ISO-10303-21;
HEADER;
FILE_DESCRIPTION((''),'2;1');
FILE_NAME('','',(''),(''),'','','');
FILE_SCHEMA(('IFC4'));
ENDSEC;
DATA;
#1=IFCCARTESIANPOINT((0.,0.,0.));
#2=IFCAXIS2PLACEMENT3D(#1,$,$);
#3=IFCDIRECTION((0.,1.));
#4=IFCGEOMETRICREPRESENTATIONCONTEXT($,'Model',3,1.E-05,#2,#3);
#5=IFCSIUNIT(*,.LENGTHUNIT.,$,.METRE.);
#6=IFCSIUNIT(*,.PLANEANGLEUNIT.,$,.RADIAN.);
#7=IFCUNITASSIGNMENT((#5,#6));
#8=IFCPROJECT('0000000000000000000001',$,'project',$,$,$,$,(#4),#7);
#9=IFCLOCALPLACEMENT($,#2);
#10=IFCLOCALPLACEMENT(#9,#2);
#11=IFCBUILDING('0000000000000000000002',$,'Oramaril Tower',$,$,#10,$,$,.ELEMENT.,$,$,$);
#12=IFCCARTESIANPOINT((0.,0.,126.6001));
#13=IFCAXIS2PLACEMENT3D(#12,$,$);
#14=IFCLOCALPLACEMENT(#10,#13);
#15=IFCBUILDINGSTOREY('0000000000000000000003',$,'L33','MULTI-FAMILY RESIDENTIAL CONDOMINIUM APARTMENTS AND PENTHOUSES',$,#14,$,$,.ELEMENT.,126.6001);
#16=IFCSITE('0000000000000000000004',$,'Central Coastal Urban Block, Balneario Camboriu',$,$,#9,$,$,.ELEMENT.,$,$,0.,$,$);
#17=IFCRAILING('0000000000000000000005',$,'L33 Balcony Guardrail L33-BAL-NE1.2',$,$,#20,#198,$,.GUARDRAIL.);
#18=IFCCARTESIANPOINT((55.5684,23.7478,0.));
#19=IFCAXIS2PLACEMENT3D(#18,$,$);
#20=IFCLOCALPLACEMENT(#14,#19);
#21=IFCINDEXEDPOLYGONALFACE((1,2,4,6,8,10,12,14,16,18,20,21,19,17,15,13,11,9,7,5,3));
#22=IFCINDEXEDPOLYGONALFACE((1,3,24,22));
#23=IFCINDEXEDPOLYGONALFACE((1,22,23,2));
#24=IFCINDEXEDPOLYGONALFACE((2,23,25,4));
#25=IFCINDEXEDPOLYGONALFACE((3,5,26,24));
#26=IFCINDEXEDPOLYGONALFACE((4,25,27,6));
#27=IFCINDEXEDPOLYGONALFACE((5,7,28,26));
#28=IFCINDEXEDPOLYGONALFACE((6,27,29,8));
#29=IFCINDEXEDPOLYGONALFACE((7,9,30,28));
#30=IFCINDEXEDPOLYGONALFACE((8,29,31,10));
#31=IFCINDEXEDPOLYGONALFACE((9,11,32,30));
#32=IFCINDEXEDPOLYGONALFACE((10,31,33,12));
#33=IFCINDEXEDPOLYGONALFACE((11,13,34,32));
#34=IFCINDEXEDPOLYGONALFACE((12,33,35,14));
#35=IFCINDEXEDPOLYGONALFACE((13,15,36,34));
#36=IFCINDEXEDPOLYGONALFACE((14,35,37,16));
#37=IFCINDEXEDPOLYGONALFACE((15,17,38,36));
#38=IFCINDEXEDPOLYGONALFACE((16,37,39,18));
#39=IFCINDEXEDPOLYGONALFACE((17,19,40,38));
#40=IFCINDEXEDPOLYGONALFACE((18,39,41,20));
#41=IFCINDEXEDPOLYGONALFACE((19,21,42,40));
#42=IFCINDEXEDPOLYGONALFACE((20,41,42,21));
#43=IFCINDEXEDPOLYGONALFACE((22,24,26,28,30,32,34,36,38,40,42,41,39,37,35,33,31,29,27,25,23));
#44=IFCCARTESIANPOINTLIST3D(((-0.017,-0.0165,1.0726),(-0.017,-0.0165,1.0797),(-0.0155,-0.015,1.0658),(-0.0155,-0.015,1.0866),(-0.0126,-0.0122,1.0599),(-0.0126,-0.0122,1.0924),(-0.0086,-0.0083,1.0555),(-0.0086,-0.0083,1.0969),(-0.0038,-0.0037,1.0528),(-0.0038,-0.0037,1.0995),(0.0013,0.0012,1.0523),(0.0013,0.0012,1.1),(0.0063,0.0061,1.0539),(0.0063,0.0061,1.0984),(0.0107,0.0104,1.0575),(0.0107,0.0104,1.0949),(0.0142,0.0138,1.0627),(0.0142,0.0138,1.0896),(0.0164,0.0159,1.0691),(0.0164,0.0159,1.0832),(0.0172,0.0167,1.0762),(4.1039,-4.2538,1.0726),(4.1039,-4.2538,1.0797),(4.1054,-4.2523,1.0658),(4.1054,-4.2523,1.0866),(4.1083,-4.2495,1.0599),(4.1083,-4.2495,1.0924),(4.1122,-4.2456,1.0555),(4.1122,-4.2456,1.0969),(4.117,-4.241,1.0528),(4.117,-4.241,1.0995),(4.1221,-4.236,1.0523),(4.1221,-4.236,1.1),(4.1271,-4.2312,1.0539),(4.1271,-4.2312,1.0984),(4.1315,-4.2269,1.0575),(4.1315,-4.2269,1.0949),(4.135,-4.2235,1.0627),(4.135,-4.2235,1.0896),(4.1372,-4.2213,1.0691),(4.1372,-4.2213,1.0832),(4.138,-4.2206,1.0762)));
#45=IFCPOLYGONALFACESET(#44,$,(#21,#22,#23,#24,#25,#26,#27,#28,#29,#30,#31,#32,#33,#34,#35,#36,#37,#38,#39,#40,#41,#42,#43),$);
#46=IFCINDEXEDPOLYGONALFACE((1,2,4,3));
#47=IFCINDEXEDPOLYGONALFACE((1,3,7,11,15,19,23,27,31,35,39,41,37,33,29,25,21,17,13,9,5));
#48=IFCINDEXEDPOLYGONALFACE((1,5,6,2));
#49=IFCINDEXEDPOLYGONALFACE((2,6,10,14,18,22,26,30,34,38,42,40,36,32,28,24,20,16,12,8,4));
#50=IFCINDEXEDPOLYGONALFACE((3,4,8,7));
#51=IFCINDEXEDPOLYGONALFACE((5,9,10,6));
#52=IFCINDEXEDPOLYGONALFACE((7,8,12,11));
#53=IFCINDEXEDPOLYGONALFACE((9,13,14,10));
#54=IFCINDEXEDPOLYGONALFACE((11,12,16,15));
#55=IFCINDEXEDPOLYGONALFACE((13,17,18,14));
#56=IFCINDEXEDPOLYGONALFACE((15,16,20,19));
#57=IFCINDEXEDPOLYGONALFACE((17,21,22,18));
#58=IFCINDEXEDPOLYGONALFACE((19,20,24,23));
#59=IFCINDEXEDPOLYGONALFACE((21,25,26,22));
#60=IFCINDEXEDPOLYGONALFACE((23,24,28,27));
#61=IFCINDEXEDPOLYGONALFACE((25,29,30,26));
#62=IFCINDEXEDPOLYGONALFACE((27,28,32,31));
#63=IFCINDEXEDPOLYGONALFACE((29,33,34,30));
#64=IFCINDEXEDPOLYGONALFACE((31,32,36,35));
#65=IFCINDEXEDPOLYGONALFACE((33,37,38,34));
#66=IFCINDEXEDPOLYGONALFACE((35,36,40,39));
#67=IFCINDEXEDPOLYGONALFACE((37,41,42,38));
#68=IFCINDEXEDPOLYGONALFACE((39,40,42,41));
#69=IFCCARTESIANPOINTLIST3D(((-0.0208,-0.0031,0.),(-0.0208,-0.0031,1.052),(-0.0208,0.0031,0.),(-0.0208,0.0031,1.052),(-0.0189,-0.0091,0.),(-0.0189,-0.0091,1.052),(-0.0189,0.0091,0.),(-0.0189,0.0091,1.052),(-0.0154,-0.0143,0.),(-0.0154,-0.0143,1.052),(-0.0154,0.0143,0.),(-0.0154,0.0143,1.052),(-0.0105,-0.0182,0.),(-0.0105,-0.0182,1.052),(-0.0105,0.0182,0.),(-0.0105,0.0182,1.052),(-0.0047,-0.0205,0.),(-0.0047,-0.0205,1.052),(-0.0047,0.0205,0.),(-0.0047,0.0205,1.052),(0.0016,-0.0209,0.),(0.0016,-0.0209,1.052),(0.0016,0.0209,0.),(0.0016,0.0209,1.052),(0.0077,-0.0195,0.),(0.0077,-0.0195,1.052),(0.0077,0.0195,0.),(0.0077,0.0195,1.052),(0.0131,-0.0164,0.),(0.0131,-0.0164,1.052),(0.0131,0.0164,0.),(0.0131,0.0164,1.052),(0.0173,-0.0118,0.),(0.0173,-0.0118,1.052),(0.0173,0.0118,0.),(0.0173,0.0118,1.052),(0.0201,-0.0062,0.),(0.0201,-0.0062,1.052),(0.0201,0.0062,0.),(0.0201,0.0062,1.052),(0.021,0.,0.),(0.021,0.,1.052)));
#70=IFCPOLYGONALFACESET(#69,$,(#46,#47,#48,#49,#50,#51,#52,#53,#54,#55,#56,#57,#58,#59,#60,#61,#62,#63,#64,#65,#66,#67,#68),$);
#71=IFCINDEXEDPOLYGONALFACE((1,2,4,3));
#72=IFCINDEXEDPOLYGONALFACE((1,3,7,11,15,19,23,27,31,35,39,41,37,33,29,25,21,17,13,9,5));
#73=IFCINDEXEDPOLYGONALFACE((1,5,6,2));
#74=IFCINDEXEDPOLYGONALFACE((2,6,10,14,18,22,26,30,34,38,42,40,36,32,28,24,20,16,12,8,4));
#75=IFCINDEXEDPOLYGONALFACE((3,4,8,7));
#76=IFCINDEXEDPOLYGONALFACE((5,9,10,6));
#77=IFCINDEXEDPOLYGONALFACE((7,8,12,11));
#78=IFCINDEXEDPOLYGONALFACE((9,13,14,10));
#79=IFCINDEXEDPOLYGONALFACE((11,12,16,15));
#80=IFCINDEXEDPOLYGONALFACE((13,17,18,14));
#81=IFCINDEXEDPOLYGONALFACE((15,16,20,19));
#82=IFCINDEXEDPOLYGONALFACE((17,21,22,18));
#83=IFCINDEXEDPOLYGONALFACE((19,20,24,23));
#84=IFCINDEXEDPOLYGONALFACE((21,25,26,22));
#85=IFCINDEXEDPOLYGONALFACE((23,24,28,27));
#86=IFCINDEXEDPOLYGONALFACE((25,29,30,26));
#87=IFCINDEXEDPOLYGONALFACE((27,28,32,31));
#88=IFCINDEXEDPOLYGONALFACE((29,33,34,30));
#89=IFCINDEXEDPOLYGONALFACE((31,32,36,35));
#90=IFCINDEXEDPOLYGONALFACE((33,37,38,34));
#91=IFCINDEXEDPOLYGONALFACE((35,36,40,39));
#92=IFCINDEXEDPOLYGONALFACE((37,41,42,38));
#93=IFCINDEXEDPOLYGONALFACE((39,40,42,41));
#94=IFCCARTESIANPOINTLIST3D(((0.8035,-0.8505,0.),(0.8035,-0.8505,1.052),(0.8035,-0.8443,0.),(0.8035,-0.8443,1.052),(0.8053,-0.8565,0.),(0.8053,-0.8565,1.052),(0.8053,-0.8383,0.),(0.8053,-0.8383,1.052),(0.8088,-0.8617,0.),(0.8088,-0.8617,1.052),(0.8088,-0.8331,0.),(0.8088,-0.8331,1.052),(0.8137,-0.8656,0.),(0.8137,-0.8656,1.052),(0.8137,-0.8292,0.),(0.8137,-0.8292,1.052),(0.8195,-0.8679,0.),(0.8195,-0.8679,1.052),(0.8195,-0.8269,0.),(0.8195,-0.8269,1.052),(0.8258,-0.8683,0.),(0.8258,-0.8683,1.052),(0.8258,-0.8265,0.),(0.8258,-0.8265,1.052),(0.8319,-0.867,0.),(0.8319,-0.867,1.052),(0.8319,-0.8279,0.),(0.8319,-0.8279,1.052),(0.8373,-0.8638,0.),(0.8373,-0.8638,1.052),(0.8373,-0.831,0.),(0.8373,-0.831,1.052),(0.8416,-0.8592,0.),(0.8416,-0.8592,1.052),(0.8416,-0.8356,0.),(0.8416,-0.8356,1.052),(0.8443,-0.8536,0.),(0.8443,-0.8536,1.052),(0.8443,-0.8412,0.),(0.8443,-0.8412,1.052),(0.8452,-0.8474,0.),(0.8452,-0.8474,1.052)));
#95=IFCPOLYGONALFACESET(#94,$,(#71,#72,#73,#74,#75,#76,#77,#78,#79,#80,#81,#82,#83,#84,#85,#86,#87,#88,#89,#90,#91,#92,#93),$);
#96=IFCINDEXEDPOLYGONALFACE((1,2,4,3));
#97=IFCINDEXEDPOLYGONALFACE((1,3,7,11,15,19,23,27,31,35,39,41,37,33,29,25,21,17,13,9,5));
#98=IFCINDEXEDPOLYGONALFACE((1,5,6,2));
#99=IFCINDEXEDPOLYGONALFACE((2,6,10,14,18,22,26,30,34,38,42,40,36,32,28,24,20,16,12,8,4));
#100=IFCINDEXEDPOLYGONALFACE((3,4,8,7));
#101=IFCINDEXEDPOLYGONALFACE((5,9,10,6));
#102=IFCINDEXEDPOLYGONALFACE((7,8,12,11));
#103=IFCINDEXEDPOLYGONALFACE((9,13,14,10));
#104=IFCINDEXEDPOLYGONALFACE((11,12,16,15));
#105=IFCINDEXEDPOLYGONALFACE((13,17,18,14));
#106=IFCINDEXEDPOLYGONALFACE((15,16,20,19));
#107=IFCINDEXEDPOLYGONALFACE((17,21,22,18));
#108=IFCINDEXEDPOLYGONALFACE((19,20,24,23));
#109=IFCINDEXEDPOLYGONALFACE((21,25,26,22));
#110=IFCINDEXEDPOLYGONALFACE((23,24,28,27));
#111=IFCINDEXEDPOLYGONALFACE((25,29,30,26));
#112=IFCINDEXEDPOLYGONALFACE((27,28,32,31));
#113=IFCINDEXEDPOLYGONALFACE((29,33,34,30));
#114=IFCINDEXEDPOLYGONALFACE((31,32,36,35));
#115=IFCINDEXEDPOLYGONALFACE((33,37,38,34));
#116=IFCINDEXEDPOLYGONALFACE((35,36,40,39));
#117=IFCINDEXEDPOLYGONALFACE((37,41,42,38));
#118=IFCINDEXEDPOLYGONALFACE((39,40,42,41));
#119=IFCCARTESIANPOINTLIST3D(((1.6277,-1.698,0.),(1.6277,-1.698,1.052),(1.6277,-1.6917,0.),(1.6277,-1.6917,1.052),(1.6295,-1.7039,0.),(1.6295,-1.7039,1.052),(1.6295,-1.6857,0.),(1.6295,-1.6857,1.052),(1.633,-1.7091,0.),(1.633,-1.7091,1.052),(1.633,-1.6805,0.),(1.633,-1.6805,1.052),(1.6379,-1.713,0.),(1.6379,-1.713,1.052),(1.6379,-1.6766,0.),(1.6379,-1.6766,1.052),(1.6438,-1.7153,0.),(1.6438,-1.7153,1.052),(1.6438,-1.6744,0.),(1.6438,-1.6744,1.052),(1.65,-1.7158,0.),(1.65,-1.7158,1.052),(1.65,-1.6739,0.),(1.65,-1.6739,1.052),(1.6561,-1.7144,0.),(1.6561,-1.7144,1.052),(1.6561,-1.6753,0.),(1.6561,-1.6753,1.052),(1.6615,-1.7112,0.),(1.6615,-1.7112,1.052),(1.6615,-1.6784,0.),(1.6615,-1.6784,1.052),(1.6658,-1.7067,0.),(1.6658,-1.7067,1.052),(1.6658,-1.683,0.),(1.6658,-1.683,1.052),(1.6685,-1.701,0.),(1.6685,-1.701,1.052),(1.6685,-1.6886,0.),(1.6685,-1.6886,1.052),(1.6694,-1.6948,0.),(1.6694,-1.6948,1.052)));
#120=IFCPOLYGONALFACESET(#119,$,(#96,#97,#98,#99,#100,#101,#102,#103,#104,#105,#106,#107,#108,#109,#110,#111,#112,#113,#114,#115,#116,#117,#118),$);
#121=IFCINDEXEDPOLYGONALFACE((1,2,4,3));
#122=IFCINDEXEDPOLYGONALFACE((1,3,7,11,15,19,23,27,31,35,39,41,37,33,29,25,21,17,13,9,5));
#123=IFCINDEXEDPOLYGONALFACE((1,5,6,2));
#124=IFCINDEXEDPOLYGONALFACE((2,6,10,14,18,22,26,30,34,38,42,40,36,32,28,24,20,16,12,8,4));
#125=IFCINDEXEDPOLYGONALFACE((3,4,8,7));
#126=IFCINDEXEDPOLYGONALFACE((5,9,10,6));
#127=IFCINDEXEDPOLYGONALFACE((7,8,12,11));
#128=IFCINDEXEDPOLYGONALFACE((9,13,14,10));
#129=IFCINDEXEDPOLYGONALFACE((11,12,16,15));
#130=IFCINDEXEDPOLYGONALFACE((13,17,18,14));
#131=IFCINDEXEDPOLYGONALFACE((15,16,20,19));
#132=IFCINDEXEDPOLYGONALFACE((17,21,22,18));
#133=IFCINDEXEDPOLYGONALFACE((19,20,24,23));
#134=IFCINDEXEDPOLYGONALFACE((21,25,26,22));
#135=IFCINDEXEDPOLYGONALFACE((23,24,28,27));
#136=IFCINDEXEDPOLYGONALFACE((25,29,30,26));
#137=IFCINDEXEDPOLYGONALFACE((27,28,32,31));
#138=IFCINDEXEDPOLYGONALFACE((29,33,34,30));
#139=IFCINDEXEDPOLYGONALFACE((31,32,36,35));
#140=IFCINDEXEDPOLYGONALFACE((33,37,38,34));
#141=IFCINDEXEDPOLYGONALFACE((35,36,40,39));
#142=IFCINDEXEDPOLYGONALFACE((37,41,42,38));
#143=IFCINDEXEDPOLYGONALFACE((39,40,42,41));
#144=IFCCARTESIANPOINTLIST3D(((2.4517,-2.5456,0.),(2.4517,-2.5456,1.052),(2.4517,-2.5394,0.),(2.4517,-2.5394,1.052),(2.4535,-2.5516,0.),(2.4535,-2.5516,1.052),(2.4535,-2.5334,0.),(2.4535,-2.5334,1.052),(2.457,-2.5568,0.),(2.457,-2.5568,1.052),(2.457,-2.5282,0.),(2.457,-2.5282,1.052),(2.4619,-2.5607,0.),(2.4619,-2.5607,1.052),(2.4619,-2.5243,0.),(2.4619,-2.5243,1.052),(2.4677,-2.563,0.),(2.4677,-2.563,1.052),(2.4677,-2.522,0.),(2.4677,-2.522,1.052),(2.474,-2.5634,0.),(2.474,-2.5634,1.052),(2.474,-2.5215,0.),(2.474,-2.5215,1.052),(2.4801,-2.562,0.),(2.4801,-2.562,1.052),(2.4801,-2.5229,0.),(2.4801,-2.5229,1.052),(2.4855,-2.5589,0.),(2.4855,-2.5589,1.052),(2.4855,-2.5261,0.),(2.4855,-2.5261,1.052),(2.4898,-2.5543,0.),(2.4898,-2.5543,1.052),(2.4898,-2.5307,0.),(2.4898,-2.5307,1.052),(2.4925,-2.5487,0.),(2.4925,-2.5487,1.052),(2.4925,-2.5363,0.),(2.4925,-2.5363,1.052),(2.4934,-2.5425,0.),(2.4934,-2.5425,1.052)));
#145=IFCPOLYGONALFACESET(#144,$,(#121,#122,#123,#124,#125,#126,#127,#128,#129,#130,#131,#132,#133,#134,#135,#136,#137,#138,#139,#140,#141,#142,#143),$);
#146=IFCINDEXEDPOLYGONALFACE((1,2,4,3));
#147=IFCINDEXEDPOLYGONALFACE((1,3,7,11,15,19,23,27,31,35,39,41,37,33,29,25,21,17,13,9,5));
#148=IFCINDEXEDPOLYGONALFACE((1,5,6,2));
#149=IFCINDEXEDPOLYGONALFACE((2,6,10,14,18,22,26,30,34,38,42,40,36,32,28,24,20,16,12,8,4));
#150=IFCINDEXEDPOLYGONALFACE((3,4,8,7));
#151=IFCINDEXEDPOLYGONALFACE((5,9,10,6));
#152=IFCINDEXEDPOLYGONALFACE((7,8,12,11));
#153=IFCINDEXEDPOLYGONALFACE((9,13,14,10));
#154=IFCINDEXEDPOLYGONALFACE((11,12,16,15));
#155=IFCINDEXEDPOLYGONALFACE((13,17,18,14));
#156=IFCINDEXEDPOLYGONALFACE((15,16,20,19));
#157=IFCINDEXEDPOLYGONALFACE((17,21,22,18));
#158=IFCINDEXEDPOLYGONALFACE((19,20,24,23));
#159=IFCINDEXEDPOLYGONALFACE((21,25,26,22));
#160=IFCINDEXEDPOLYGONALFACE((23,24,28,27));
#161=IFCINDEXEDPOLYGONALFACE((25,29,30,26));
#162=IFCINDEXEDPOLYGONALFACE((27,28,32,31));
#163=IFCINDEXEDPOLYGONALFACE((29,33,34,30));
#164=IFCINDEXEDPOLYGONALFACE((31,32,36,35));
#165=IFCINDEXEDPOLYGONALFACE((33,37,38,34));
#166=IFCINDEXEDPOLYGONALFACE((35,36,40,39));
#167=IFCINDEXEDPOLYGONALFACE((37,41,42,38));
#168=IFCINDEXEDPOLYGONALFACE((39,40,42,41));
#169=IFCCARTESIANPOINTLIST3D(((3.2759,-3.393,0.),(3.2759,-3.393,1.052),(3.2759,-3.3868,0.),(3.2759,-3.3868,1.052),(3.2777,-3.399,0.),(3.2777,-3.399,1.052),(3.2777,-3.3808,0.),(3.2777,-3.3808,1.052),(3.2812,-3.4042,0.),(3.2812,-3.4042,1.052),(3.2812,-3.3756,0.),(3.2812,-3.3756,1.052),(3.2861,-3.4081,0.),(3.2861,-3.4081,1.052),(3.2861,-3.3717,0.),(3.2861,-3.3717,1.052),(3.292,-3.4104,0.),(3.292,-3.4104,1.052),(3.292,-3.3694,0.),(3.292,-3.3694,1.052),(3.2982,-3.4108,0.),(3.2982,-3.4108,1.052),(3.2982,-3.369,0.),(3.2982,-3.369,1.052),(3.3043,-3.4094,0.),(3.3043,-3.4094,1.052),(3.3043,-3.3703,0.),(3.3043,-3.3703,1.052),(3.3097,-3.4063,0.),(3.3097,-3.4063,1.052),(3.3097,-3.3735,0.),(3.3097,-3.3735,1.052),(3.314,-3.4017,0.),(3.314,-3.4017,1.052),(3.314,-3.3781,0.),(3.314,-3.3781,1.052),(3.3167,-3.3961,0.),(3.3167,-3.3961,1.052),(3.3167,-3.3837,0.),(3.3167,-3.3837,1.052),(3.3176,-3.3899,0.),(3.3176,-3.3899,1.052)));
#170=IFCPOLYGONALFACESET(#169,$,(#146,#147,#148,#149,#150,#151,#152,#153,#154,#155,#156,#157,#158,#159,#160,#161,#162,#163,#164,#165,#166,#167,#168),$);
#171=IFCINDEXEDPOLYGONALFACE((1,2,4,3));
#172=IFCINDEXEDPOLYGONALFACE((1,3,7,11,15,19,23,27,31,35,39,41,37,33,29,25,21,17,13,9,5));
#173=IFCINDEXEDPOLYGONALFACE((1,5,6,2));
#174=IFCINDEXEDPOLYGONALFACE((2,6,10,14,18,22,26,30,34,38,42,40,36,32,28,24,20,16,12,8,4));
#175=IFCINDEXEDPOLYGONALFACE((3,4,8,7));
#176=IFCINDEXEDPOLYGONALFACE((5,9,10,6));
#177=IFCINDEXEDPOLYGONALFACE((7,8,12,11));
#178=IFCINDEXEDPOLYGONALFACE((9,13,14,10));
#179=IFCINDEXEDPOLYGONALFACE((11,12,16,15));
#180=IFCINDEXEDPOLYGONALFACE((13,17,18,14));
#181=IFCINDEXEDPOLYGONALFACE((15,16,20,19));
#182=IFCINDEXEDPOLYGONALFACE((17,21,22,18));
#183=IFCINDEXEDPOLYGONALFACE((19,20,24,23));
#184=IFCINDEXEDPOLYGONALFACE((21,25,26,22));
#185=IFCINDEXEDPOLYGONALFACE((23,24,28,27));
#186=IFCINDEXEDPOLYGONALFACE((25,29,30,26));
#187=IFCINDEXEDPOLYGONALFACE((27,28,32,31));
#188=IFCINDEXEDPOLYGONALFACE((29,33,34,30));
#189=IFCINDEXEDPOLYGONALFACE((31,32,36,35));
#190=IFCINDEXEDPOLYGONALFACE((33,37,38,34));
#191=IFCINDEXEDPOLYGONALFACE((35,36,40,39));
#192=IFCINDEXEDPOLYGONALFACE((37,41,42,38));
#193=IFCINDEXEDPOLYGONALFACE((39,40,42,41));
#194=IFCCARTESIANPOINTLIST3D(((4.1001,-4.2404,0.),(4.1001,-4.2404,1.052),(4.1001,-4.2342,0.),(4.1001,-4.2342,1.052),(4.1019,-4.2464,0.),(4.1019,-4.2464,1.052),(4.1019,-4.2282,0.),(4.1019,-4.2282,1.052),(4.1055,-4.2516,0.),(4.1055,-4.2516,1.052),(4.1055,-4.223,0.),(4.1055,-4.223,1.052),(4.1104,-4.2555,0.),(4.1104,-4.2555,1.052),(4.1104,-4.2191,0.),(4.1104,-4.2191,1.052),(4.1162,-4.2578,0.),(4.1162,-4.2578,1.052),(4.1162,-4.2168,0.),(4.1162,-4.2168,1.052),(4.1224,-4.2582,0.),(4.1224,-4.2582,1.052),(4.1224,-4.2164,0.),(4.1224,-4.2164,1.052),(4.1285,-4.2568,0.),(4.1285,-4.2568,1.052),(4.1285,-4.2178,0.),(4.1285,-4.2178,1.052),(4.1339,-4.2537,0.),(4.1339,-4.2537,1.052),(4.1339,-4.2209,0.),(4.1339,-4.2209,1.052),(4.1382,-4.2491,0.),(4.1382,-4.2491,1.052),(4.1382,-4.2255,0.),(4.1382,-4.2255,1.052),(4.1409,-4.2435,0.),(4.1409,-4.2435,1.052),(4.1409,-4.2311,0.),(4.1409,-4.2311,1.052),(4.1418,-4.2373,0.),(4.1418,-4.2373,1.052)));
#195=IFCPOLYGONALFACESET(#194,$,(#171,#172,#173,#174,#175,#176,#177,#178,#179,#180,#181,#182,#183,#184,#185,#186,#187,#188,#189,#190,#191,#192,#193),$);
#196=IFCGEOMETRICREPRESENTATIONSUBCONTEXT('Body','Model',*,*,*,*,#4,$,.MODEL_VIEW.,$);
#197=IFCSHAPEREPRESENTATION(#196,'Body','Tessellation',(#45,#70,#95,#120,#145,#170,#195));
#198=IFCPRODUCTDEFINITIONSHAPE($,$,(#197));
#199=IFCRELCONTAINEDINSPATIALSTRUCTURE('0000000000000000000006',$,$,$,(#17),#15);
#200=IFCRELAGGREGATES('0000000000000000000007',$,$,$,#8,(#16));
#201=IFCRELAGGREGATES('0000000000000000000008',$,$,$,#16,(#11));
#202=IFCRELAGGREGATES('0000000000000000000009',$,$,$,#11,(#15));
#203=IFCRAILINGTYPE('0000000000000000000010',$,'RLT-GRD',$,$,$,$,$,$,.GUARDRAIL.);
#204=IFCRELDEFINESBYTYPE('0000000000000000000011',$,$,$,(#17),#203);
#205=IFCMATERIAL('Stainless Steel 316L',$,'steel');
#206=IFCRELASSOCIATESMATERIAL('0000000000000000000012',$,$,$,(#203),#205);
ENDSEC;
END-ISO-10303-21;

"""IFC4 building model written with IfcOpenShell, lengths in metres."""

from ifc_helpers import new_model, si_unit, direction, frame, origin, origin_2d, place, context, subcontext, project, spatial, circle, extrude, material, type_object, element, save


model = new_model("IFC4")

# Units and contexts
model_context = context("Model", 3, precision=1e-05, world=origin(), true_north=direction((0.0, 1.0)))
body_context = subcontext(model_context, "Body", "Model", "MODEL_VIEW")
ifc_project = project(units=[si_unit("LENGTHUNIT", "METRE"), si_unit("PLANEANGLEUNIT", "RADIAN")], contexts=[model_context])

# Site, building, storey
site_placement = place(None, origin())
site = spatial("IfcSite", under=ifc_project, at=site_placement, Name="Central Coastal Urban Block, Balneario Camboriu", CompositionType="ELEMENT", RefElevation=0.0)
building_placement = place(site_placement, origin())
building = spatial("IfcBuilding", under=site, at=building_placement, Name="Oramaril Tower", CompositionType="ELEMENT")
storey_placement = place(building_placement, frame((0.0, 0.0, 126.6001)))
storey = spatial("IfcBuildingStorey", under=building, at=storey_placement, Name="L33", Description="MULTI-FAMILY RESIDENTIAL CONDOMINIUM APARTMENTS AND PENTHOUSES", CompositionType="ELEMENT", Elevation=126.6001)

# Railing
ifc_material_1 = material(Name="Stainless Steel 316L", Category="steel")
railing_type = type_object("IfcRailingType", Name="RLT-GRD", PredefinedType="GUARDRAIL", material=ifc_material_1)
railing_1_placement = place(storey_placement, frame((55.5684, 23.7478, 0.0)))
element("IfcRailing", 1, at=railing_1_placement, inside=storey, type_object=railing_type, Name="L33 Balcony Guardrail L33-BAL-NE1.2", PredefinedType="GUARDRAIL", context=body_context, shape_type="SweptSolid", body=[
    extrude(circle(Radius=0.0239, at=origin_2d()), frame((0.0, 0.0, 1.0762), z_axis=(0.697187, -0.716889, 0.0), x_axis=(0.716889, 0.697187, 0.0)), (0.0, 0.0, 1.0), 5.9106),
    extrude(circle(Radius=0.021, at=origin_2d()), origin(), (0.0, 0.0, 1.0), 1.052),
    extrude(circle(Radius=0.021, at=origin_2d()), frame((0.8242, -0.8474, 0.0)), (0.0, 0.0, 1.0), 1.052),
    extrude(circle(Radius=0.021, at=origin_2d()), frame((1.6484, -1.6948, 0.0)), (0.0, 0.0, 1.0), 1.052),
    extrude(circle(Radius=0.021, at=origin_2d()), frame((2.4724, -2.5425, 0.0)), (0.0, 0.0, 1.0), 1.052),
    extrude(circle(Radius=0.021, at=origin_2d()), frame((3.2966, -3.3899, 0.0)), (0.0, 0.0, 1.0), 1.052),
    extrude(circle(Radius=0.021, at=origin_2d()), frame((4.1208, -4.2373, 0.0)), (0.0, 0.0, 1.0), 1.052),
])

save(model, "model.ifc")
